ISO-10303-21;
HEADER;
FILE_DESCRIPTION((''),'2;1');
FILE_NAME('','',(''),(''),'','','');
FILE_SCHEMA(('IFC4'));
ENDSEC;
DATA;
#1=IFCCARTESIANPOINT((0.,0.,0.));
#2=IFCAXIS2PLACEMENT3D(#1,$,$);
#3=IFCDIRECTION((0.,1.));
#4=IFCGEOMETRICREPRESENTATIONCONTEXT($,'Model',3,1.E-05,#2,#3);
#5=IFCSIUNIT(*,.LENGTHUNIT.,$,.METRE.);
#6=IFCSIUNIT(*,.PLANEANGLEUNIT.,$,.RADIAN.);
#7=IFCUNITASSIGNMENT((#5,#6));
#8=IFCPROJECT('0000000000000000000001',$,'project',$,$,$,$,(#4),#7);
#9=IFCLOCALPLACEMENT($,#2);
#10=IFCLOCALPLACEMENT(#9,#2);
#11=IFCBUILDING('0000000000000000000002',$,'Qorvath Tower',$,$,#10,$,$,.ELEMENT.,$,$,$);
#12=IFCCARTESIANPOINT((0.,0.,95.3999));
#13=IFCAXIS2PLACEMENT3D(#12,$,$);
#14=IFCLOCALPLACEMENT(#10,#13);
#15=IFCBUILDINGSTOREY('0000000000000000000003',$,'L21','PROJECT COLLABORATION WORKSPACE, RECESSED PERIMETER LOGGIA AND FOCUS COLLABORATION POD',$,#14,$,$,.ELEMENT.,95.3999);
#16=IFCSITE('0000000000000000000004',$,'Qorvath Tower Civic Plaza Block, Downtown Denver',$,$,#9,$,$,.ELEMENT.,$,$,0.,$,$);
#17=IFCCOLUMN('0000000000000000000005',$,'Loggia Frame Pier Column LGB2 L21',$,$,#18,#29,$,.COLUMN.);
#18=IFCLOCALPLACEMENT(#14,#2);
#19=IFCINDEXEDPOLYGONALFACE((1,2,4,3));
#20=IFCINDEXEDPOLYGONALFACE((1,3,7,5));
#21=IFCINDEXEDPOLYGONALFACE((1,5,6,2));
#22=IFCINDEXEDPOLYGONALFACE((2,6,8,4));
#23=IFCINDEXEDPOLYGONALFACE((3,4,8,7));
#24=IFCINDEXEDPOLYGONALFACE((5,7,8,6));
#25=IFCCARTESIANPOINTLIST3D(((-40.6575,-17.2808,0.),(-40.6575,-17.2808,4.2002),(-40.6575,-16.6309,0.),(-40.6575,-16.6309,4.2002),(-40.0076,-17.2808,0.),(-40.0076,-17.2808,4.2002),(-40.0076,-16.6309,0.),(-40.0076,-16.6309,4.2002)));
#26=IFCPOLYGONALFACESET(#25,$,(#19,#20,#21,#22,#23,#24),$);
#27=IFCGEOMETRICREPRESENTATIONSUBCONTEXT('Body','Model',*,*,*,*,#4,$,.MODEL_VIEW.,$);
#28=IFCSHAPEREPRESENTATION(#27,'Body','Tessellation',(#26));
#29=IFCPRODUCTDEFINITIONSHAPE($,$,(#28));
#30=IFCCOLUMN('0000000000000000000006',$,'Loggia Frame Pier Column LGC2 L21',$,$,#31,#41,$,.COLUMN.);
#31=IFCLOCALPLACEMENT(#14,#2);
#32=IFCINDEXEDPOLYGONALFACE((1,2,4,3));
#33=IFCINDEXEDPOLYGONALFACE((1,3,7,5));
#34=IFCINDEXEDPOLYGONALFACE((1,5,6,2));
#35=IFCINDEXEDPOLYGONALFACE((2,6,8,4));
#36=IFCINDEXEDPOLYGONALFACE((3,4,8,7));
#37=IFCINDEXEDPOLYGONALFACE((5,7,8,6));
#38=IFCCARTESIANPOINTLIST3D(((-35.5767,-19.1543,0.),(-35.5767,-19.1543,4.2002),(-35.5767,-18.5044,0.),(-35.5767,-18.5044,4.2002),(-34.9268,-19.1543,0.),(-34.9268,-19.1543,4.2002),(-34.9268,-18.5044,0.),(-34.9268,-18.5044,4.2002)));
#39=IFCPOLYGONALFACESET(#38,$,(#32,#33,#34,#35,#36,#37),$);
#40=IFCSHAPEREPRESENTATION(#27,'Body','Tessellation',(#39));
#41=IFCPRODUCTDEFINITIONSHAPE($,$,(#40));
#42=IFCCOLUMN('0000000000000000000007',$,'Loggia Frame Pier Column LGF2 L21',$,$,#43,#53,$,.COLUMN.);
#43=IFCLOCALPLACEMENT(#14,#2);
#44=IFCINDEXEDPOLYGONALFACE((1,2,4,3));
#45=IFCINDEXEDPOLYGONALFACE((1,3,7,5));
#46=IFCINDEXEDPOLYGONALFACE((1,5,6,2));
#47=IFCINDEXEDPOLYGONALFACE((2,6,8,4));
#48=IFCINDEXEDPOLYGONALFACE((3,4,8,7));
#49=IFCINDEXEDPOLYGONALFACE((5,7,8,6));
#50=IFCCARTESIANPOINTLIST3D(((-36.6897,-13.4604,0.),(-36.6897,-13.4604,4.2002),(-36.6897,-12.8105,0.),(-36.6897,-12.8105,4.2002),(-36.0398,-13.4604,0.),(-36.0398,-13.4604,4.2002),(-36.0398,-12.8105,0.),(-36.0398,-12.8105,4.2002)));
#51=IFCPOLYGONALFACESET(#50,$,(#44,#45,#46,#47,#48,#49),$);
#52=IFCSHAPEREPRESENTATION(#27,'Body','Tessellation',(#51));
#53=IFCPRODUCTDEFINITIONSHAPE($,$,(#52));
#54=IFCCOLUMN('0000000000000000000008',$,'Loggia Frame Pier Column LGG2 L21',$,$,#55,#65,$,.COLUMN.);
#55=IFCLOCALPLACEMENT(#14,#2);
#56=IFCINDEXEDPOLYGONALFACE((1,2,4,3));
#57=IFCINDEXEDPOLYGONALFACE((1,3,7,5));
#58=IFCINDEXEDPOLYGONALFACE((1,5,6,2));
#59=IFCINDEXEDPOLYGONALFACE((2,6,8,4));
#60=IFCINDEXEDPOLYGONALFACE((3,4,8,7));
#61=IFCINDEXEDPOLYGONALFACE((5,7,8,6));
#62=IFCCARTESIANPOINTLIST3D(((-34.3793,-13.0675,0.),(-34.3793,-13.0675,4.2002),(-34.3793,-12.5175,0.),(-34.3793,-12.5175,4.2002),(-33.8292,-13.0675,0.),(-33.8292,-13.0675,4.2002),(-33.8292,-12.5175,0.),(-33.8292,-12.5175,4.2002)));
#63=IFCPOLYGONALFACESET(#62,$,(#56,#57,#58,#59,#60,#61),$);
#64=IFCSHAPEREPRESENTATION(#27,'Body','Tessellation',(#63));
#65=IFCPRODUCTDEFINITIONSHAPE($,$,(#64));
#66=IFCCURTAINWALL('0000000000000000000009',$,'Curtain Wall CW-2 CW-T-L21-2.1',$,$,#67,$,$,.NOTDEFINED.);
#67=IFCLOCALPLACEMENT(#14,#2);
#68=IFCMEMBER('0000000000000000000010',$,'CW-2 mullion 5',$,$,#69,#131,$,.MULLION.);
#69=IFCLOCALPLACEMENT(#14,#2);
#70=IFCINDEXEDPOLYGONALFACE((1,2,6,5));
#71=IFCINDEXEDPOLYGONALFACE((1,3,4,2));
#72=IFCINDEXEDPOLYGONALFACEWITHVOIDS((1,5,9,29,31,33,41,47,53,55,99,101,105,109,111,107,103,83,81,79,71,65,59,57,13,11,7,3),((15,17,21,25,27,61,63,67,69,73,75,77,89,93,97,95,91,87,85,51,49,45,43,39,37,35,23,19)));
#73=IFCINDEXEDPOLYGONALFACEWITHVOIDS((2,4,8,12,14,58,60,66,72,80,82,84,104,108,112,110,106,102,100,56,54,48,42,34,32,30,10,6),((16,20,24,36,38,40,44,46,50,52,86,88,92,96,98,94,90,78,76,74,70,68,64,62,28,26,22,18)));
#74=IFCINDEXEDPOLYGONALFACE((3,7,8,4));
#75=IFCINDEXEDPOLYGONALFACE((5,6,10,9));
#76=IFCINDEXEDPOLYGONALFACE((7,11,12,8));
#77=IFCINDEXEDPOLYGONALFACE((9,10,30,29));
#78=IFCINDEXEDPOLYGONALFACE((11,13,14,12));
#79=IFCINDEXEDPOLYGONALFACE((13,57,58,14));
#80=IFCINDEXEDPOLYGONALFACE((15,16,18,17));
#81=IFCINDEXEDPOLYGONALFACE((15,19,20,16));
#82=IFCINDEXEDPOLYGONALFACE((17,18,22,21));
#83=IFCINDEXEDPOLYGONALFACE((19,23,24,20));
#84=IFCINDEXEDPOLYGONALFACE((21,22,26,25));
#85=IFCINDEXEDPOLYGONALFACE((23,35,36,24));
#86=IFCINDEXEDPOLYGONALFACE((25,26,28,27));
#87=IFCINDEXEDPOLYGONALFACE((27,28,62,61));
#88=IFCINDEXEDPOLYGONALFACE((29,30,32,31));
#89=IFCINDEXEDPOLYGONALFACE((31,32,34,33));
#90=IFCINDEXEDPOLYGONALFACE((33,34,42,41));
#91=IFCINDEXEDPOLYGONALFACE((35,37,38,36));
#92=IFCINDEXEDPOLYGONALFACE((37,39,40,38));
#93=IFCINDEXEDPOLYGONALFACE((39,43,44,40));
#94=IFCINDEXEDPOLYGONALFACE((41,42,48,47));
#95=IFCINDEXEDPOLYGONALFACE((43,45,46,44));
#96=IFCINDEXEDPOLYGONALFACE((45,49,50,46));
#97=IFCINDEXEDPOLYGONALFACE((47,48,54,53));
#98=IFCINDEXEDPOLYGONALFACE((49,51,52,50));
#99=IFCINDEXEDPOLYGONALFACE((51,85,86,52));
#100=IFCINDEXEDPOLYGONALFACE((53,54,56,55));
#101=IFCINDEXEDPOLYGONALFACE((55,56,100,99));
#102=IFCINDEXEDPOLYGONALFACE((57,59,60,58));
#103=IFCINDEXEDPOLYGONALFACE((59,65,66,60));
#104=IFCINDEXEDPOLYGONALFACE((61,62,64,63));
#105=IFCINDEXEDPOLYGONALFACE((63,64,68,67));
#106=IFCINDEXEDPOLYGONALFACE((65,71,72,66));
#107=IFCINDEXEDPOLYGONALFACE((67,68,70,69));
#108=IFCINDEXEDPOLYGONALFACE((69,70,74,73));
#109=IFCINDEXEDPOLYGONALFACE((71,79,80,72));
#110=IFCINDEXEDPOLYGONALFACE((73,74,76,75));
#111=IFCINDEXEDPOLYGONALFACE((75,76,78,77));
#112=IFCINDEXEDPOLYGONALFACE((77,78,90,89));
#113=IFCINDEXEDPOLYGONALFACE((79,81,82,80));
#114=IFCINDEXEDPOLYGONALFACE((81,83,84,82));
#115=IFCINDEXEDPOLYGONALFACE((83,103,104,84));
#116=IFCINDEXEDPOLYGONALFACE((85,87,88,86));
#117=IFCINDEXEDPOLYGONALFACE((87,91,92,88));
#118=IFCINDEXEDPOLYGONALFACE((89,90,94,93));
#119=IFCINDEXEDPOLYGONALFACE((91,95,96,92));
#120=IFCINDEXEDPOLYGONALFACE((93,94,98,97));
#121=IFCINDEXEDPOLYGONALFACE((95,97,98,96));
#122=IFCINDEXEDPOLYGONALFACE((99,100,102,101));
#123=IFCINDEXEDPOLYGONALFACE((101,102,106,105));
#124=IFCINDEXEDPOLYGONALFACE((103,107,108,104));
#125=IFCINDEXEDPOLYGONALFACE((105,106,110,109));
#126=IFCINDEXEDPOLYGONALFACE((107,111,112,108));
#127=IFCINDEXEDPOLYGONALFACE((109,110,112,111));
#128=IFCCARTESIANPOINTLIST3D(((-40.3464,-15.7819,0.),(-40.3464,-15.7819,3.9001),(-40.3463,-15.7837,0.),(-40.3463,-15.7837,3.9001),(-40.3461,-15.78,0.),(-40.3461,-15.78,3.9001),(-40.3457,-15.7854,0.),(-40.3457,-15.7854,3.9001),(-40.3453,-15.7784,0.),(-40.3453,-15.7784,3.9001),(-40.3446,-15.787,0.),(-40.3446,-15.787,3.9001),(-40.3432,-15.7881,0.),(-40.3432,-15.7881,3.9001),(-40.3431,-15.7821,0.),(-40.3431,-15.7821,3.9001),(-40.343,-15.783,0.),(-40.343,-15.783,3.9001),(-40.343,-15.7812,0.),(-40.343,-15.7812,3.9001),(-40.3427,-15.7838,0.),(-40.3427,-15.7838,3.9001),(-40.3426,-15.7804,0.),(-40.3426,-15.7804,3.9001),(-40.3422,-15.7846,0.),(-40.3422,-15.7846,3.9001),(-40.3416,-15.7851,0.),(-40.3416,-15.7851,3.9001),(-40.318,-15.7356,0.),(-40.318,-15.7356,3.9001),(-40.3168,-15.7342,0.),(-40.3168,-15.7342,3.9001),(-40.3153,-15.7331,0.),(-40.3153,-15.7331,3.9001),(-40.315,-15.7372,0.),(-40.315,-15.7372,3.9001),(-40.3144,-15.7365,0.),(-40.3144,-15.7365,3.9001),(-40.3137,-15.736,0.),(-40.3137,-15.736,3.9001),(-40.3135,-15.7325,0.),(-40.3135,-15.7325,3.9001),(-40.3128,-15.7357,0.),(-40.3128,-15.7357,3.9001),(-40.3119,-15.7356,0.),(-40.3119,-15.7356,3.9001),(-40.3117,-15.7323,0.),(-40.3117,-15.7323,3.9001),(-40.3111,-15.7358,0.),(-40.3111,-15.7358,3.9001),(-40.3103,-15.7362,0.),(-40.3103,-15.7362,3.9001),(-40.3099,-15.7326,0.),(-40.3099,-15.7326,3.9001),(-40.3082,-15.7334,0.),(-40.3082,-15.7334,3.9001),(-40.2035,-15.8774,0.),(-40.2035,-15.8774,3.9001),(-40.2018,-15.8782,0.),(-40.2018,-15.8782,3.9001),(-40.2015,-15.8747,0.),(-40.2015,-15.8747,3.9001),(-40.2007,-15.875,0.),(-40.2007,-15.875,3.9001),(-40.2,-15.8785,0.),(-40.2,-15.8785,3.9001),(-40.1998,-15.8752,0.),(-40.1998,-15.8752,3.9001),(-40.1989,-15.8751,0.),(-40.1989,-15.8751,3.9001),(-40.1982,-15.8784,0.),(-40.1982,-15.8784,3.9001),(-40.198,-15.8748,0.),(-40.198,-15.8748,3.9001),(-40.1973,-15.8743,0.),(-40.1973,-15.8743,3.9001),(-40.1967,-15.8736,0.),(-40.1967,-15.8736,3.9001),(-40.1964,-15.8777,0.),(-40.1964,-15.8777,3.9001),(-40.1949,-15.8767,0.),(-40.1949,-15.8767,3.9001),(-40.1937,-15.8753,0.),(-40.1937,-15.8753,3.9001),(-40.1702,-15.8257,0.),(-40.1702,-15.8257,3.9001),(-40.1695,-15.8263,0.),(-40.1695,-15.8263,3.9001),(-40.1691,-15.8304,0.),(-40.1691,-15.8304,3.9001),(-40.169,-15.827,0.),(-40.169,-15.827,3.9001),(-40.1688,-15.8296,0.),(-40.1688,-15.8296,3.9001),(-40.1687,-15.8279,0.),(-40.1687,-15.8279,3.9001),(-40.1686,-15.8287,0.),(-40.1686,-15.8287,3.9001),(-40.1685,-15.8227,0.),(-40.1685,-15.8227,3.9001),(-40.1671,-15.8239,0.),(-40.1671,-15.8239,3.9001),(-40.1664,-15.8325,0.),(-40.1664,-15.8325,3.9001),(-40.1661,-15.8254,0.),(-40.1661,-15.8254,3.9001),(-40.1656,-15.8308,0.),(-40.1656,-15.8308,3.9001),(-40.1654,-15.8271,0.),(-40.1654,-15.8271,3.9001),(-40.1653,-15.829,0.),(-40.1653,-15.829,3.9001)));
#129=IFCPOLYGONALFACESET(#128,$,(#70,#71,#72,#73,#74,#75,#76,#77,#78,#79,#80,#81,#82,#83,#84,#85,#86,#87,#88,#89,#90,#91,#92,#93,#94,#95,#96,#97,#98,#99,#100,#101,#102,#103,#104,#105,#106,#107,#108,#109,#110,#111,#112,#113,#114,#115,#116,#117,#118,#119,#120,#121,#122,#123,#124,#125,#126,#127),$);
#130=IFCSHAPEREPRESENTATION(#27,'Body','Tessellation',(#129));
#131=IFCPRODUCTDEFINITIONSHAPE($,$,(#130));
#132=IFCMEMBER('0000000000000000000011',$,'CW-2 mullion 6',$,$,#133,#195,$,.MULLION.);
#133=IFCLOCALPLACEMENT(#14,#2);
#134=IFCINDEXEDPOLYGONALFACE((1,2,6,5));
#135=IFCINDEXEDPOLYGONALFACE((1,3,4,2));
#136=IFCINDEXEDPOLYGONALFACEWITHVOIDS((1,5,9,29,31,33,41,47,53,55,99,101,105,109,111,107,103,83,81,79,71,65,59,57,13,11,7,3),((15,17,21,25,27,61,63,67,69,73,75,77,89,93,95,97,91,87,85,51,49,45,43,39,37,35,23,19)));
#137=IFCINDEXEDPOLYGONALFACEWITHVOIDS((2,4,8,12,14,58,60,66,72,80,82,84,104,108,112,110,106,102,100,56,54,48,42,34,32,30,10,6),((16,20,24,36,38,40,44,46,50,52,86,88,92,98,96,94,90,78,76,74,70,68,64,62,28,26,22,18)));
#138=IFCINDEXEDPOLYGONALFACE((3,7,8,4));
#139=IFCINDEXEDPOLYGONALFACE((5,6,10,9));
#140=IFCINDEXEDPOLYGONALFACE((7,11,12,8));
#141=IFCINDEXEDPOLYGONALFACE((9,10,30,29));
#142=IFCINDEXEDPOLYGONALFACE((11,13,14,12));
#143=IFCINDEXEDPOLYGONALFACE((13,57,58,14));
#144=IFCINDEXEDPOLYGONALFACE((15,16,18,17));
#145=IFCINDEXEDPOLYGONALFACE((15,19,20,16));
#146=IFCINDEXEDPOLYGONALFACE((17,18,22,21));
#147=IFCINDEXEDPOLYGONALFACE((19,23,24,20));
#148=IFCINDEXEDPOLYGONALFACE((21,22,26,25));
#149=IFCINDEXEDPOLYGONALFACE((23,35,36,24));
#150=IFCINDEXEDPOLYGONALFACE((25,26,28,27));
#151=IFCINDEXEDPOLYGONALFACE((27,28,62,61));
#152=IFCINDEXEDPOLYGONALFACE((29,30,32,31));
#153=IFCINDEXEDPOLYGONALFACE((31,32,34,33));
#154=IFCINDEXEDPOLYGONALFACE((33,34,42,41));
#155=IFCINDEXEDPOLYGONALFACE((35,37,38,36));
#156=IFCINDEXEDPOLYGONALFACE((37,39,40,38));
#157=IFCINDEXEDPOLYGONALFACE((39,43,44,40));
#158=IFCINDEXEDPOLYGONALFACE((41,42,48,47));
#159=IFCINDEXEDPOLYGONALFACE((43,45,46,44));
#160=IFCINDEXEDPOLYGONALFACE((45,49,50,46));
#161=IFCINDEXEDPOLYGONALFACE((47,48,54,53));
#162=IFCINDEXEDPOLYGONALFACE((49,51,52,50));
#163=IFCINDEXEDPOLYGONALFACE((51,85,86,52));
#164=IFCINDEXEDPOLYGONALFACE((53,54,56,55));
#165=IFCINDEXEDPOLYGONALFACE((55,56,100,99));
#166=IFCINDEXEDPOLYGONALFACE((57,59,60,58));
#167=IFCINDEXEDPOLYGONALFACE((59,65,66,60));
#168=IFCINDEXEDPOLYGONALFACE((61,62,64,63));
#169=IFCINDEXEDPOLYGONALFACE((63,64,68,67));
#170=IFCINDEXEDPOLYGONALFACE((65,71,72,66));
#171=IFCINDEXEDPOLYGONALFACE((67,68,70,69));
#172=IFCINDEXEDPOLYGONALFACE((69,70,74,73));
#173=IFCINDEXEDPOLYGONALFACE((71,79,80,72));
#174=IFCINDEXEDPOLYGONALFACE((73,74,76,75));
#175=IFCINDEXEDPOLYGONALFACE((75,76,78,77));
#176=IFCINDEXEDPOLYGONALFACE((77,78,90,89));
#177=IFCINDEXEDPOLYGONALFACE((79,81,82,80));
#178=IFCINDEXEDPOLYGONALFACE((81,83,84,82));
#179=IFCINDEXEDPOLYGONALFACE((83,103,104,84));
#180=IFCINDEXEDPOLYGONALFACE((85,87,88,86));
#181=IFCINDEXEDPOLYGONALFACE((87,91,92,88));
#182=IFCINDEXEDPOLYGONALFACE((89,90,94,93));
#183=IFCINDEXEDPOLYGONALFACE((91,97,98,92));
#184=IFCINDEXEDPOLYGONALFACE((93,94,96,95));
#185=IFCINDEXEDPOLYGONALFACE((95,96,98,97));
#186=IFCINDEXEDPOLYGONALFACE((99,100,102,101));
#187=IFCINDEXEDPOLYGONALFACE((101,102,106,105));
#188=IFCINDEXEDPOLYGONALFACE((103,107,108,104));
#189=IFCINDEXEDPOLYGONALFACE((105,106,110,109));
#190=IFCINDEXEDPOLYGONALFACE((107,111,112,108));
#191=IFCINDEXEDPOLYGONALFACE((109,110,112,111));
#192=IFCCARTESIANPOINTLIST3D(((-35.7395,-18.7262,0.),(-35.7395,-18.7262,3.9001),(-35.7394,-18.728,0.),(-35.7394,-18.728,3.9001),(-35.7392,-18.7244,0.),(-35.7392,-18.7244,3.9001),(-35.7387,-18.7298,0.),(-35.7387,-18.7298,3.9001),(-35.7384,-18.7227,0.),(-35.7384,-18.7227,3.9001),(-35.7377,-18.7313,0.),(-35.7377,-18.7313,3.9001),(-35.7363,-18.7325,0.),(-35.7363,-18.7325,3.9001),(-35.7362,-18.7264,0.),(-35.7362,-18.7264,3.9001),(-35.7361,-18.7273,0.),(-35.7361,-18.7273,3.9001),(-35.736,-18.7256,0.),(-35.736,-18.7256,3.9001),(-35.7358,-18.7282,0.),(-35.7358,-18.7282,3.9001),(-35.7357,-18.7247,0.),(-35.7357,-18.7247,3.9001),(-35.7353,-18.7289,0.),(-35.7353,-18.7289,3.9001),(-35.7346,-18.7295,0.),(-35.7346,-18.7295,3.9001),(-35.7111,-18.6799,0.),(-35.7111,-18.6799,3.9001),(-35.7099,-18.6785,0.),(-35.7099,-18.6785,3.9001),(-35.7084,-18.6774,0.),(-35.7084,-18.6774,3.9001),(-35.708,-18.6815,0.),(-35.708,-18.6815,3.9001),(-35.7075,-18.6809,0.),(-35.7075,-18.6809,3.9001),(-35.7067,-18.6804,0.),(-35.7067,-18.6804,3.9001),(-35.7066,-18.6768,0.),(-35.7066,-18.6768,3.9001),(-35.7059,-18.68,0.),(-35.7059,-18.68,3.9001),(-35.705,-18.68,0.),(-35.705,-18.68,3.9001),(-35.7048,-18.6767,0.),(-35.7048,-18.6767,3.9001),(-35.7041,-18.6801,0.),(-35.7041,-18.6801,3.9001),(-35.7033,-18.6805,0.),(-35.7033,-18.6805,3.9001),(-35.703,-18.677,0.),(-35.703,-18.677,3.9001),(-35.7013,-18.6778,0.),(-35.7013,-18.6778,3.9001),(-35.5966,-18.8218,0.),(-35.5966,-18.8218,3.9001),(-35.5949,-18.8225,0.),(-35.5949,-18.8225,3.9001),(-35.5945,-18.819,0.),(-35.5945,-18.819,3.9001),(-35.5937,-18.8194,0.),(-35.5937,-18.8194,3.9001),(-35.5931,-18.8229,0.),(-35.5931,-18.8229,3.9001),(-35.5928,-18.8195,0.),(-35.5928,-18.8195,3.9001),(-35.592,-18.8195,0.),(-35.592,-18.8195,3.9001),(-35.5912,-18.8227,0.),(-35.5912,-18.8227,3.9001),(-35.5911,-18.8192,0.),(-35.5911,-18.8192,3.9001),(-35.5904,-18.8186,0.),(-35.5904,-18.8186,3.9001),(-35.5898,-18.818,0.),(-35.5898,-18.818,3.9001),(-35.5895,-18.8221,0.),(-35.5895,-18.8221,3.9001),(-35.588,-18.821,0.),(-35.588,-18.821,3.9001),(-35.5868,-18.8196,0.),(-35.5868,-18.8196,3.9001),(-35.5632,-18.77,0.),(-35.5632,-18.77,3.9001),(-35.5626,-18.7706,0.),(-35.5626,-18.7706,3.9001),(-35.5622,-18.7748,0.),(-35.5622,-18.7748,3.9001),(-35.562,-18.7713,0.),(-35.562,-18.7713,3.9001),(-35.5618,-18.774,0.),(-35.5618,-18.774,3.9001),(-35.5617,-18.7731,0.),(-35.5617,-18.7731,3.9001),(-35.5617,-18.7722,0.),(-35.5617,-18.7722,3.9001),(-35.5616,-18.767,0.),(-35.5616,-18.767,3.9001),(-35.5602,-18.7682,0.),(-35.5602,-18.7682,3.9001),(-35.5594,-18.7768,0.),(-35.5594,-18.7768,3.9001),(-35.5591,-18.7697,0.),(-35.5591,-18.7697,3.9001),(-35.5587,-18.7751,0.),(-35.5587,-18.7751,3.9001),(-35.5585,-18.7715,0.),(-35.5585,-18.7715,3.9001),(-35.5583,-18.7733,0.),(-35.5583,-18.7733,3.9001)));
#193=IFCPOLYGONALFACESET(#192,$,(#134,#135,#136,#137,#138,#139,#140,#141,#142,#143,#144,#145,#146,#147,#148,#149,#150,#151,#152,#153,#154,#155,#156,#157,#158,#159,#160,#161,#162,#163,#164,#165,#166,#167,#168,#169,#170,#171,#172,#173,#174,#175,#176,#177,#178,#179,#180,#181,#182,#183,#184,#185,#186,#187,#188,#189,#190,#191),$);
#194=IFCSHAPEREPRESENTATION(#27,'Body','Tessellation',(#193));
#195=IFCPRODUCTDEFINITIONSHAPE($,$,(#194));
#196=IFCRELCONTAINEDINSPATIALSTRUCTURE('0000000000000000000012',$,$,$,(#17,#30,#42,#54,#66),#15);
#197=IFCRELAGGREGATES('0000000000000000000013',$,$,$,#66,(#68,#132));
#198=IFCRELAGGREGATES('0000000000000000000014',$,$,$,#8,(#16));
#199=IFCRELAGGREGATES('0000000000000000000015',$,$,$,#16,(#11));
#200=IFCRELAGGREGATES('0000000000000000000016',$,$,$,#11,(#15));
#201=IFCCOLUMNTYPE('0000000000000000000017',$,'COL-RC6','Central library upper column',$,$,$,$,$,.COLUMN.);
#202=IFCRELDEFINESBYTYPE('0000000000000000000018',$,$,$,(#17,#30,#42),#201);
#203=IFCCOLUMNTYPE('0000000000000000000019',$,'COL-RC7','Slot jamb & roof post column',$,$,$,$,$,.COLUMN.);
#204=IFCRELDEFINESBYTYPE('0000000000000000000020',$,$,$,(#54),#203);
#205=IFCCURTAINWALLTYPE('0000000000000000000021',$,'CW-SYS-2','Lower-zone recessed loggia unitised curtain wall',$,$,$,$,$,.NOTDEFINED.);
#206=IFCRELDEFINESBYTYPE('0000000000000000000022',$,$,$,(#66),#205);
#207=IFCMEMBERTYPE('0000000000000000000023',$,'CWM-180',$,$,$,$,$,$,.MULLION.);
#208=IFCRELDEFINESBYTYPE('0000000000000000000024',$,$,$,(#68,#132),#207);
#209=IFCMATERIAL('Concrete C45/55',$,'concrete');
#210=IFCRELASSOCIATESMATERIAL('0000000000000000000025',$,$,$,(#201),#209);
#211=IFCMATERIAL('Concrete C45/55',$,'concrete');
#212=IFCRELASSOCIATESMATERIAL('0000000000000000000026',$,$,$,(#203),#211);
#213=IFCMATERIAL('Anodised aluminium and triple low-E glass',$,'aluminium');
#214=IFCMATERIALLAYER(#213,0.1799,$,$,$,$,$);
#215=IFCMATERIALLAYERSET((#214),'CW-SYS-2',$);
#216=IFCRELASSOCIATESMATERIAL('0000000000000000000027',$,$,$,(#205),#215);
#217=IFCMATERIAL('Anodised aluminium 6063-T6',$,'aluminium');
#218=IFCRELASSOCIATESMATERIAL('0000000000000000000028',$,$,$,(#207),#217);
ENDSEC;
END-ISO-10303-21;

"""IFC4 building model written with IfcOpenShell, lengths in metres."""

from ifc_helpers import new_model, si_unit, direction, frame, origin, origin_2d, place, context, subcontext, project, spatial, rectangle, hollow_rectangle, extrude, material, layer, layer_set, material_profile, profile_set, type_object, element, aggregate, save


model = new_model("IFC4")

# Units and contexts
model_context = context("Model", 3, precision=1e-05, world=origin(), true_north=direction((0.0, 1.0)))
body_context = subcontext(model_context, "Body", "Model", "MODEL_VIEW")
ifc_project = project(units=[si_unit("LENGTHUNIT", "METRE"), si_unit("PLANEANGLEUNIT", "RADIAN")], contexts=[model_context])

# Site, building, storey
site_placement = place(None, origin())
site = spatial("IfcSite", under=ifc_project, at=site_placement, Name="Qorvath Tower Civic Plaza Block, Downtown Denver", CompositionType="ELEMENT", RefElevation=0.0)
building_placement = place(site_placement, origin())
building = spatial("IfcBuilding", under=site, at=building_placement, Name="Qorvath Tower", CompositionType="ELEMENT")
storey_placement = place(building_placement, frame((0.0, 0.0, 95.3999)))
storey = spatial("IfcBuildingStorey", under=building, at=storey_placement, Name="L21", Description="PROJECT COLLABORATION WORKSPACE, RECESSED PERIMETER LOGGIA AND FOCUS COLLABORATION POD", CompositionType="ELEMENT", Elevation=95.3999)

# Columns
ifc_material_1 = material(Name="Concrete C45/55", Category="concrete")
ifc_material_profile_1 = material_profile(ifc_material_1, rectangle(XDim=0.6499, YDim=0.6499, at=origin_2d()), Name="RC 650x650")
ifc_profile_set_1 = profile_set([ifc_material_profile_1], Name="Concrete C45/55")
column_type_1 = type_object("IfcColumnType", Name="COL-RC6", Description="Central library upper column", PredefinedType="COLUMN", material=ifc_profile_set_1)
for number, where, z_axis, x_axis, name in (
    (1, (-40.3325, -16.9558, 0.0), (0.0, 0.0, 1.0), (1.0, 0.0, 0.0), "Loggia Frame Pier Column LGB2 L21"),
    (2, (-35.2517, -18.8293, 0.0), (0.0, 0.0, 1.0), (1.0, 0.0, 0.0), "Loggia Frame Pier Column LGC2 L21"),
    (3, (-36.3647, -13.1355, 0.0), (0.0, 0.0, 1.0), (1.0, 0.0, 0.0), "Loggia Frame Pier Column LGF2 L21"),
):
    element("IfcColumn", number, at=place(storey_placement, frame(where, z_axis=z_axis, x_axis=x_axis)), inside=storey, type_object=column_type_1, Name=name, PredefinedType="COLUMN", context=body_context, shape_type="SweptSolid", body=[
        extrude(rectangle(XDim=0.6499, YDim=0.6499, at=origin_2d()), origin(), (0.0, 0.0, 1.0), 4.2002),
    ])
ifc_material_2 = material(Name="Concrete C45/55", Category="concrete")
ifc_material_profile_2 = material_profile(ifc_material_2, rectangle(XDim=0.55, YDim=0.55, at=origin_2d()), Name="RC 550x550")
ifc_profile_set_2 = profile_set([ifc_material_profile_2], Name="Concrete C45/55")
column_type_2 = type_object("IfcColumnType", Name="COL-RC7", Description="Slot jamb & roof post column", PredefinedType="COLUMN", material=ifc_profile_set_2)
column_placement = place(storey_placement, frame((-34.1042, -12.7925, 0.0), z_axis=(0.0, 0.0, 1.0), x_axis=(1.0, 0.0, 0.0)))
element("IfcColumn", 4, at=column_placement, inside=storey, type_object=column_type_2, Name="Loggia Frame Pier Column LGG2 L21", PredefinedType="COLUMN", context=body_context, shape_type="SweptSolid", body=[
    extrude(rectangle(XDim=0.55, YDim=0.55, at=origin_2d()), origin(), (0.0, 0.0, 1.0), 4.2002),
])

# Curtain wall, members
ifc_material_3 = material(Name="Anodised aluminium and triple low-E glass", Category="aluminium")
ifc_layer_1 = layer(ifc_material_3, 0.1799)
ifc_layer_set_1 = layer_set([ifc_layer_1], Name="CW-SYS-2")
curtain_wall_type = type_object("IfcCurtainWallType", Name="CW-SYS-2", Description="Lower-zone recessed loggia unitised curtain wall", PredefinedType="NOTDEFINED", material=ifc_layer_set_1)
curtain_wall_1_placement = place(storey_placement, origin())
curtain_wall_1 = element("IfcCurtainWall", 5, at=curtain_wall_1_placement, inside=storey, type_object=curtain_wall_type, Name="Curtain Wall CW-2 CW-T-L21-2.1", PredefinedType="NOTDEFINED")
ifc_material_4 = material(Name="Anodised aluminium 6063-T6", Category="aluminium")
ifc_material_profile_3 = material_profile(ifc_material_4, hollow_rectangle(XDim=0.0649, YDim=0.1799, WallThickness=0.0034, InnerFilletRadius=0.0034, OuterFilletRadius=0.0071, at=origin_2d()), Name="CWM 180x65")
ifc_profile_set_3 = profile_set([ifc_material_profile_3], Name="Anodised aluminium 6063-T6")
member_type_1 = type_object("IfcMemberType", Name="CWM-180", PredefinedType="MULLION", material=ifc_profile_set_3)
member_1_placement = place(storey_placement, frame((-40.2559, -15.8054, 0.0), z_axis=(0.0, 0.0, 1.0), x_axis=(0.538529, 0.842607, 0.0)))
member_1 = element("IfcMember", 6, at=member_1_placement, type_object=member_type_1, Name="CW-2 mullion 5", PredefinedType="MULLION", context=body_context, shape_type="SweptSolid", body=[
    extrude(hollow_rectangle(XDim=0.0649, YDim=0.1799, WallThickness=0.0034, InnerFilletRadius=0.0034, OuterFilletRadius=0.0071, at=origin_2d()), origin(), (0.0, 0.0, 1.0), 3.9001),
])
member_2_placement = place(storey_placement, frame((-35.6489, -18.7498, 0.0), z_axis=(0.0, 0.0, 1.0), x_axis=(0.538529, 0.842607, 0.0)))
member_2 = element("IfcMember", 7, at=member_2_placement, type_object=member_type_1, Name="CW-2 mullion 6", PredefinedType="MULLION", context=body_context, shape_type="SweptSolid", body=[
    extrude(hollow_rectangle(XDim=0.0649, YDim=0.1799, WallThickness=0.0034, InnerFilletRadius=0.0034, OuterFilletRadius=0.0071, at=origin_2d()), origin(), (0.0, 0.0, 1.0), 3.9001),
])

aggregate(curtain_wall_1, [member_1, member_2])

save(model, "model.ifc")
